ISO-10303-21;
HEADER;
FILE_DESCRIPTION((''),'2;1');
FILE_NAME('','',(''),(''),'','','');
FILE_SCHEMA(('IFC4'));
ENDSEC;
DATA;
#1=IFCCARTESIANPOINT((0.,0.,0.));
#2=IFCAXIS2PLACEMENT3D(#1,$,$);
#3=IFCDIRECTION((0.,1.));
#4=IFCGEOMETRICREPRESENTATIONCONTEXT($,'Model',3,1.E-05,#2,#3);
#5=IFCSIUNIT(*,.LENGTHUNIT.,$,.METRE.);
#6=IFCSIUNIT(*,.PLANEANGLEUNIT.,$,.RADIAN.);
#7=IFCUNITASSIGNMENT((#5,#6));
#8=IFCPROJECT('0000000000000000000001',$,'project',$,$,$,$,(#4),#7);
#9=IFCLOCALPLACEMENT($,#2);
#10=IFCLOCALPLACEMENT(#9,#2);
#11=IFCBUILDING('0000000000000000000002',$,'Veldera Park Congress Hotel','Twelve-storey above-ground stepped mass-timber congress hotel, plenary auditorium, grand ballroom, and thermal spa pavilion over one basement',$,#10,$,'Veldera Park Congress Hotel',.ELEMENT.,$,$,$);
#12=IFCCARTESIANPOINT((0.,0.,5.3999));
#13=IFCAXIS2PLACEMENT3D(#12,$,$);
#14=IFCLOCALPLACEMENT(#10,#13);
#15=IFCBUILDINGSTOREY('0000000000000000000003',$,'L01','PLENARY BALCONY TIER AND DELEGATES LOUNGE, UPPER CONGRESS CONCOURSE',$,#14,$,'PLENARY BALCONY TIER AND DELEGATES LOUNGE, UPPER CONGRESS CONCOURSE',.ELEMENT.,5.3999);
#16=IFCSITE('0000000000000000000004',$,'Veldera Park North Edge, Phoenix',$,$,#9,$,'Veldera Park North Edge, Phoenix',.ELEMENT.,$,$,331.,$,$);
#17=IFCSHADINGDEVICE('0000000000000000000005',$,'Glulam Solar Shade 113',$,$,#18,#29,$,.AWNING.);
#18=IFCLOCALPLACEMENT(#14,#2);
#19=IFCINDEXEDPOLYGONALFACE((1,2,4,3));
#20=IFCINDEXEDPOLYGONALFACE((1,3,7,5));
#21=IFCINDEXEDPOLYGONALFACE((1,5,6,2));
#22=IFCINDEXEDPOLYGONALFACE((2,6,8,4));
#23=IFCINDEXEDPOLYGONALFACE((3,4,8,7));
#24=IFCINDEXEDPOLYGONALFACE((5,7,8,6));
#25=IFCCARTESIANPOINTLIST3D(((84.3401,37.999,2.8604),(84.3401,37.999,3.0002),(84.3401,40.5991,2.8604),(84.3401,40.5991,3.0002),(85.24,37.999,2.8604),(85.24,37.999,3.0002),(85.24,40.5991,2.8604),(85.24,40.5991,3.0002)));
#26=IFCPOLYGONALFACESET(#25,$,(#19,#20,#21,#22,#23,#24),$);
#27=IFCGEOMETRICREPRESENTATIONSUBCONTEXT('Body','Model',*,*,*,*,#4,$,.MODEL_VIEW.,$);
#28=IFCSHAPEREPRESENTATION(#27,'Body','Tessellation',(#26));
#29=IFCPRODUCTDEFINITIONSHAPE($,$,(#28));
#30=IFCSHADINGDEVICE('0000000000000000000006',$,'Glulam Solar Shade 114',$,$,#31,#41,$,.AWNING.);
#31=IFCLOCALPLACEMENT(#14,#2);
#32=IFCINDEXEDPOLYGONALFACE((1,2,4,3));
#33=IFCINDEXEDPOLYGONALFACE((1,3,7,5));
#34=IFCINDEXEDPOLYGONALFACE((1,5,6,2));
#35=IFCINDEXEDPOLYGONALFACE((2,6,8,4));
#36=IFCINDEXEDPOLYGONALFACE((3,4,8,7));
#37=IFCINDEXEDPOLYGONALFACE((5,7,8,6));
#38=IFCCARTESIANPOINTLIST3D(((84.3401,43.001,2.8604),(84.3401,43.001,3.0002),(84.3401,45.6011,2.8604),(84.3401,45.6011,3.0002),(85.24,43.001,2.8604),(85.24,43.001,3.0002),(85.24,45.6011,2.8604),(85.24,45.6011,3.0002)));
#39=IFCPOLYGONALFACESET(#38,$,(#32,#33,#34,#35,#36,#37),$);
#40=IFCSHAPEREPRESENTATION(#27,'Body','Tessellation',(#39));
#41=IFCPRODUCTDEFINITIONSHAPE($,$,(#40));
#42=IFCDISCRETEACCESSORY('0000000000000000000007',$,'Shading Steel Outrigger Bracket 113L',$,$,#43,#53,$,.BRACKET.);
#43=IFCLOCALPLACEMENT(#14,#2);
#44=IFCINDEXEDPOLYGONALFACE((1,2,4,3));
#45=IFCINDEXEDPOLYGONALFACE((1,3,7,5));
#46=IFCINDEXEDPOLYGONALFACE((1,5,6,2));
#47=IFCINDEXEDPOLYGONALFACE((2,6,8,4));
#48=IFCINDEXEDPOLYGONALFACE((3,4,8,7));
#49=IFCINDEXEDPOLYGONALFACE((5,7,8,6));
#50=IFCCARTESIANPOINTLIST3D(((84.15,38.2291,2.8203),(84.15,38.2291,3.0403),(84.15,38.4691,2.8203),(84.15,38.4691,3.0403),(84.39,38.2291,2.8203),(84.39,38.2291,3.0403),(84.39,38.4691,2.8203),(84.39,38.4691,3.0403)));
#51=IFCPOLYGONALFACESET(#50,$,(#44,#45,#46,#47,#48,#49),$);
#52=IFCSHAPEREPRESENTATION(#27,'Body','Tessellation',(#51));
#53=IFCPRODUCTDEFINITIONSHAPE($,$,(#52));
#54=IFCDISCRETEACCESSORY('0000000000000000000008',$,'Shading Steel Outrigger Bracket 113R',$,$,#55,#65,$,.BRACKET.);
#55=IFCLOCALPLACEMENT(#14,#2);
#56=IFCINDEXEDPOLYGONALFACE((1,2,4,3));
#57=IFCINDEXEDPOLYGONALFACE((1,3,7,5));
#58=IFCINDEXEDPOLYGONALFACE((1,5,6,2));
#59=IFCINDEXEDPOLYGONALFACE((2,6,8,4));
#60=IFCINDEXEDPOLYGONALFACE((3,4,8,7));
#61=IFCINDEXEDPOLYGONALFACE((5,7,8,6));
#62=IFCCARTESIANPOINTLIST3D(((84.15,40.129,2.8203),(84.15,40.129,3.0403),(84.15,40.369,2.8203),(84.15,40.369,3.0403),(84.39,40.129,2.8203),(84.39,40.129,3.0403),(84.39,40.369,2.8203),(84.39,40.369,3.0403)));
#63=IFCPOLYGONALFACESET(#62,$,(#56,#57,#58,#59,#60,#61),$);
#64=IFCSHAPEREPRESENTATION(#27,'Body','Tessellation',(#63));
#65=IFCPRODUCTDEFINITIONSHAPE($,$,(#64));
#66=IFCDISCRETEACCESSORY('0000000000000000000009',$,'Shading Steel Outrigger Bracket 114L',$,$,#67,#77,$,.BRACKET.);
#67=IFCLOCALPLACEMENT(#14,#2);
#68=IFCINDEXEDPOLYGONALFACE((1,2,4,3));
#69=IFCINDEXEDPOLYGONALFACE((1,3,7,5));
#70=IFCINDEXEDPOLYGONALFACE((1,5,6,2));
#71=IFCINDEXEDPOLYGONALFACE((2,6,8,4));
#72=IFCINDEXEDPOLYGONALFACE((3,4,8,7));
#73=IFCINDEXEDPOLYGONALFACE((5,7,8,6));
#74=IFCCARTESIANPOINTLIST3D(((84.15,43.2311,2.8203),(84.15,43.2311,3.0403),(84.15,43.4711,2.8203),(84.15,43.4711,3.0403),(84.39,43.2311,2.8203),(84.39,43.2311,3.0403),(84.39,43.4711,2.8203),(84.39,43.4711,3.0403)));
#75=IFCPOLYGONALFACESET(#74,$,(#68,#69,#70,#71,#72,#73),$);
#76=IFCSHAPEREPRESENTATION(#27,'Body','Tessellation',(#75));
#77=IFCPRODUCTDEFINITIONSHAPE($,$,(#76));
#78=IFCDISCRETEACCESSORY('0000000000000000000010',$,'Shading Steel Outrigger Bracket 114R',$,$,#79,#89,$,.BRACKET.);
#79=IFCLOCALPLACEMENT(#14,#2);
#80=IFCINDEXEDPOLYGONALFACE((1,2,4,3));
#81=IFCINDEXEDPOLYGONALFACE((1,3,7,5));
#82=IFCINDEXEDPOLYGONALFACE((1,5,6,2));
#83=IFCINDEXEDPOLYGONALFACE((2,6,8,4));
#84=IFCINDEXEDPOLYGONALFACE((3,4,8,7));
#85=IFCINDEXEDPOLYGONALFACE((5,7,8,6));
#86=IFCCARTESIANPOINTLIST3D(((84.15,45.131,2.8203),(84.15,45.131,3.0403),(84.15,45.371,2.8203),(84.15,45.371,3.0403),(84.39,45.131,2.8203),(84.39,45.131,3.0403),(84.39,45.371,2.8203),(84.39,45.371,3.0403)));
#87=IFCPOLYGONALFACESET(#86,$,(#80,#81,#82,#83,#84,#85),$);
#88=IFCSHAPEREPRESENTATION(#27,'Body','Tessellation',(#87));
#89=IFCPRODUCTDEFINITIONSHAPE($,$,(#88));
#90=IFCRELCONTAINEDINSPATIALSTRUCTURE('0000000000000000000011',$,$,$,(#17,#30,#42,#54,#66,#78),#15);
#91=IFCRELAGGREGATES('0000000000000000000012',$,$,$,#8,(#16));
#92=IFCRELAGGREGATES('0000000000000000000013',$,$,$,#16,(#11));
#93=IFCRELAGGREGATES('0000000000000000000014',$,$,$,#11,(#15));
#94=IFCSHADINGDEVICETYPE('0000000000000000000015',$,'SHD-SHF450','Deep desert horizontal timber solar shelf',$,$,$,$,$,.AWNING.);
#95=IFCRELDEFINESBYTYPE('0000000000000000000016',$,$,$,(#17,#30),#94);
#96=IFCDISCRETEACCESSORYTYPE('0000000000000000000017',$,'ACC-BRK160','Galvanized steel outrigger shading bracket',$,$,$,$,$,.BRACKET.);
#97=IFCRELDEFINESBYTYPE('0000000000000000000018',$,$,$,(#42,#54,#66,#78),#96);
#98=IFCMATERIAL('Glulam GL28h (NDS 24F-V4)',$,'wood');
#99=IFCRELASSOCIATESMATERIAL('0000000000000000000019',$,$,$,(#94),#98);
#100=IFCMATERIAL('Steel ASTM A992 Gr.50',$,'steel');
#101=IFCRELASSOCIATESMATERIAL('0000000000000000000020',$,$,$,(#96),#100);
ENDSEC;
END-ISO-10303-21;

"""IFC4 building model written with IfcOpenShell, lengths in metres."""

from ifc_helpers import new_model, si_unit, direction, frame, origin, origin_2d, place, context, subcontext, project, spatial, rectangle, extrude, material, type_object, element, save


model = new_model("IFC4")

# Units and contexts
model_context = context("Model", 3, precision=1e-05, world=origin(), true_north=direction((0.0, 1.0)))
body_context = subcontext(model_context, "Body", "Model", "MODEL_VIEW")
ifc_project = project(units=[si_unit("LENGTHUNIT", "METRE"), si_unit("PLANEANGLEUNIT", "RADIAN")], contexts=[model_context])

# Site, building, storey
site_placement = place(None, origin())
site = spatial("IfcSite", under=ifc_project, at=site_placement, Name="Veldera Park North Edge, Phoenix", LongName="Veldera Park North Edge, Phoenix", CompositionType="ELEMENT", RefElevation=331.0)
building_placement = place(site_placement, origin())
building = spatial("IfcBuilding", under=site, at=building_placement, Name="Veldera Park Congress Hotel", Description="Twelve-storey above-ground stepped mass-timber congress hotel, plenary auditorium, grand ballroom, and thermal spa pavilion over one basement", LongName="Veldera Park Congress Hotel", CompositionType="ELEMENT")
storey_placement = place(building_placement, frame((0.0, 0.0, 5.3999)))
storey = spatial("IfcBuildingStorey", under=building, at=storey_placement, Name="L01", Description="PLENARY BALCONY TIER AND DELEGATES LOUNGE, UPPER CONGRESS CONCOURSE", LongName="PLENARY BALCONY TIER AND DELEGATES LOUNGE, UPPER CONGRESS CONCOURSE", CompositionType="ELEMENT", Elevation=5.3999)

# Shared definitions
ifc_material_1 = material(Name="Glulam GL28h (NDS 24F-V4)", Category="wood")
ifc_material_2 = material(Name="Steel ASTM A992 Gr.50", Category="steel")

# Shading devices
shading_device_type = type_object("IfcShadingDeviceType", Name="SHD-SHF450", Description="Deep desert horizontal timber solar shelf", PredefinedType="AWNING", material=ifc_material_1)
for number, where, z_axis, x_axis, name in (
    (1, (84.79, 39.2991, 2.8604), (0.0, 0.0, 1.0), (0.0, 1.0, 0.0), "Glulam Solar Shade 113"),
    (2, (84.79, 44.301, 2.8604), (0.0, 0.0, 1.0), (0.0, 1.0, 0.0), "Glulam Solar Shade 114"),
):
    element("IfcShadingDevice", number, at=place(storey_placement, frame(where, z_axis=z_axis, x_axis=x_axis)), inside=storey, type_object=shading_device_type, Name=name, PredefinedType="AWNING", context=body_context, shape_type="SweptSolid", body=[
        extrude(rectangle(XDim=2.6001, YDim=0.8999, at=origin_2d()), origin(), (0.0, 0.0, 1.0), 0.1399),
    ])

# Discrete accessories
discrete_accessory_type = type_object("IfcDiscreteAccessoryType", Name="ACC-BRK160", Description="Galvanized steel outrigger shading bracket", PredefinedType="BRACKET", material=ifc_material_2)
for number, where, z_axis, x_axis, name in (
    (3, (84.27, 38.3491, 2.8203), (0.0, 0.0, 1.0), (0.0, 1.0, 0.0), "Shading Steel Outrigger Bracket 113L"),
    (4, (84.27, 40.249, 2.8203), (0.0, 0.0, 1.0), (0.0, 1.0, 0.0), "Shading Steel Outrigger Bracket 113R"),
    (5, (84.27, 43.3511, 2.8203), (0.0, 0.0, 1.0), (0.0, 1.0, 0.0), "Shading Steel Outrigger Bracket 114L"),
    (6, (84.27, 45.251, 2.8203), (0.0, 0.0, 1.0), (0.0, 1.0, 0.0), "Shading Steel Outrigger Bracket 114R"),
):
    element("IfcDiscreteAccessory", number, at=place(storey_placement, frame(where, z_axis=z_axis, x_axis=x_axis)), inside=storey, type_object=discrete_accessory_type, Name=name, PredefinedType="BRACKET", context=body_context, shape_type="SweptSolid", body=[
        extrude(rectangle(XDim=0.24, YDim=0.24, at=origin_2d()), origin(), (0.0, 0.0, 1.0), 0.22),
    ])

save(model, "model.ifc")
